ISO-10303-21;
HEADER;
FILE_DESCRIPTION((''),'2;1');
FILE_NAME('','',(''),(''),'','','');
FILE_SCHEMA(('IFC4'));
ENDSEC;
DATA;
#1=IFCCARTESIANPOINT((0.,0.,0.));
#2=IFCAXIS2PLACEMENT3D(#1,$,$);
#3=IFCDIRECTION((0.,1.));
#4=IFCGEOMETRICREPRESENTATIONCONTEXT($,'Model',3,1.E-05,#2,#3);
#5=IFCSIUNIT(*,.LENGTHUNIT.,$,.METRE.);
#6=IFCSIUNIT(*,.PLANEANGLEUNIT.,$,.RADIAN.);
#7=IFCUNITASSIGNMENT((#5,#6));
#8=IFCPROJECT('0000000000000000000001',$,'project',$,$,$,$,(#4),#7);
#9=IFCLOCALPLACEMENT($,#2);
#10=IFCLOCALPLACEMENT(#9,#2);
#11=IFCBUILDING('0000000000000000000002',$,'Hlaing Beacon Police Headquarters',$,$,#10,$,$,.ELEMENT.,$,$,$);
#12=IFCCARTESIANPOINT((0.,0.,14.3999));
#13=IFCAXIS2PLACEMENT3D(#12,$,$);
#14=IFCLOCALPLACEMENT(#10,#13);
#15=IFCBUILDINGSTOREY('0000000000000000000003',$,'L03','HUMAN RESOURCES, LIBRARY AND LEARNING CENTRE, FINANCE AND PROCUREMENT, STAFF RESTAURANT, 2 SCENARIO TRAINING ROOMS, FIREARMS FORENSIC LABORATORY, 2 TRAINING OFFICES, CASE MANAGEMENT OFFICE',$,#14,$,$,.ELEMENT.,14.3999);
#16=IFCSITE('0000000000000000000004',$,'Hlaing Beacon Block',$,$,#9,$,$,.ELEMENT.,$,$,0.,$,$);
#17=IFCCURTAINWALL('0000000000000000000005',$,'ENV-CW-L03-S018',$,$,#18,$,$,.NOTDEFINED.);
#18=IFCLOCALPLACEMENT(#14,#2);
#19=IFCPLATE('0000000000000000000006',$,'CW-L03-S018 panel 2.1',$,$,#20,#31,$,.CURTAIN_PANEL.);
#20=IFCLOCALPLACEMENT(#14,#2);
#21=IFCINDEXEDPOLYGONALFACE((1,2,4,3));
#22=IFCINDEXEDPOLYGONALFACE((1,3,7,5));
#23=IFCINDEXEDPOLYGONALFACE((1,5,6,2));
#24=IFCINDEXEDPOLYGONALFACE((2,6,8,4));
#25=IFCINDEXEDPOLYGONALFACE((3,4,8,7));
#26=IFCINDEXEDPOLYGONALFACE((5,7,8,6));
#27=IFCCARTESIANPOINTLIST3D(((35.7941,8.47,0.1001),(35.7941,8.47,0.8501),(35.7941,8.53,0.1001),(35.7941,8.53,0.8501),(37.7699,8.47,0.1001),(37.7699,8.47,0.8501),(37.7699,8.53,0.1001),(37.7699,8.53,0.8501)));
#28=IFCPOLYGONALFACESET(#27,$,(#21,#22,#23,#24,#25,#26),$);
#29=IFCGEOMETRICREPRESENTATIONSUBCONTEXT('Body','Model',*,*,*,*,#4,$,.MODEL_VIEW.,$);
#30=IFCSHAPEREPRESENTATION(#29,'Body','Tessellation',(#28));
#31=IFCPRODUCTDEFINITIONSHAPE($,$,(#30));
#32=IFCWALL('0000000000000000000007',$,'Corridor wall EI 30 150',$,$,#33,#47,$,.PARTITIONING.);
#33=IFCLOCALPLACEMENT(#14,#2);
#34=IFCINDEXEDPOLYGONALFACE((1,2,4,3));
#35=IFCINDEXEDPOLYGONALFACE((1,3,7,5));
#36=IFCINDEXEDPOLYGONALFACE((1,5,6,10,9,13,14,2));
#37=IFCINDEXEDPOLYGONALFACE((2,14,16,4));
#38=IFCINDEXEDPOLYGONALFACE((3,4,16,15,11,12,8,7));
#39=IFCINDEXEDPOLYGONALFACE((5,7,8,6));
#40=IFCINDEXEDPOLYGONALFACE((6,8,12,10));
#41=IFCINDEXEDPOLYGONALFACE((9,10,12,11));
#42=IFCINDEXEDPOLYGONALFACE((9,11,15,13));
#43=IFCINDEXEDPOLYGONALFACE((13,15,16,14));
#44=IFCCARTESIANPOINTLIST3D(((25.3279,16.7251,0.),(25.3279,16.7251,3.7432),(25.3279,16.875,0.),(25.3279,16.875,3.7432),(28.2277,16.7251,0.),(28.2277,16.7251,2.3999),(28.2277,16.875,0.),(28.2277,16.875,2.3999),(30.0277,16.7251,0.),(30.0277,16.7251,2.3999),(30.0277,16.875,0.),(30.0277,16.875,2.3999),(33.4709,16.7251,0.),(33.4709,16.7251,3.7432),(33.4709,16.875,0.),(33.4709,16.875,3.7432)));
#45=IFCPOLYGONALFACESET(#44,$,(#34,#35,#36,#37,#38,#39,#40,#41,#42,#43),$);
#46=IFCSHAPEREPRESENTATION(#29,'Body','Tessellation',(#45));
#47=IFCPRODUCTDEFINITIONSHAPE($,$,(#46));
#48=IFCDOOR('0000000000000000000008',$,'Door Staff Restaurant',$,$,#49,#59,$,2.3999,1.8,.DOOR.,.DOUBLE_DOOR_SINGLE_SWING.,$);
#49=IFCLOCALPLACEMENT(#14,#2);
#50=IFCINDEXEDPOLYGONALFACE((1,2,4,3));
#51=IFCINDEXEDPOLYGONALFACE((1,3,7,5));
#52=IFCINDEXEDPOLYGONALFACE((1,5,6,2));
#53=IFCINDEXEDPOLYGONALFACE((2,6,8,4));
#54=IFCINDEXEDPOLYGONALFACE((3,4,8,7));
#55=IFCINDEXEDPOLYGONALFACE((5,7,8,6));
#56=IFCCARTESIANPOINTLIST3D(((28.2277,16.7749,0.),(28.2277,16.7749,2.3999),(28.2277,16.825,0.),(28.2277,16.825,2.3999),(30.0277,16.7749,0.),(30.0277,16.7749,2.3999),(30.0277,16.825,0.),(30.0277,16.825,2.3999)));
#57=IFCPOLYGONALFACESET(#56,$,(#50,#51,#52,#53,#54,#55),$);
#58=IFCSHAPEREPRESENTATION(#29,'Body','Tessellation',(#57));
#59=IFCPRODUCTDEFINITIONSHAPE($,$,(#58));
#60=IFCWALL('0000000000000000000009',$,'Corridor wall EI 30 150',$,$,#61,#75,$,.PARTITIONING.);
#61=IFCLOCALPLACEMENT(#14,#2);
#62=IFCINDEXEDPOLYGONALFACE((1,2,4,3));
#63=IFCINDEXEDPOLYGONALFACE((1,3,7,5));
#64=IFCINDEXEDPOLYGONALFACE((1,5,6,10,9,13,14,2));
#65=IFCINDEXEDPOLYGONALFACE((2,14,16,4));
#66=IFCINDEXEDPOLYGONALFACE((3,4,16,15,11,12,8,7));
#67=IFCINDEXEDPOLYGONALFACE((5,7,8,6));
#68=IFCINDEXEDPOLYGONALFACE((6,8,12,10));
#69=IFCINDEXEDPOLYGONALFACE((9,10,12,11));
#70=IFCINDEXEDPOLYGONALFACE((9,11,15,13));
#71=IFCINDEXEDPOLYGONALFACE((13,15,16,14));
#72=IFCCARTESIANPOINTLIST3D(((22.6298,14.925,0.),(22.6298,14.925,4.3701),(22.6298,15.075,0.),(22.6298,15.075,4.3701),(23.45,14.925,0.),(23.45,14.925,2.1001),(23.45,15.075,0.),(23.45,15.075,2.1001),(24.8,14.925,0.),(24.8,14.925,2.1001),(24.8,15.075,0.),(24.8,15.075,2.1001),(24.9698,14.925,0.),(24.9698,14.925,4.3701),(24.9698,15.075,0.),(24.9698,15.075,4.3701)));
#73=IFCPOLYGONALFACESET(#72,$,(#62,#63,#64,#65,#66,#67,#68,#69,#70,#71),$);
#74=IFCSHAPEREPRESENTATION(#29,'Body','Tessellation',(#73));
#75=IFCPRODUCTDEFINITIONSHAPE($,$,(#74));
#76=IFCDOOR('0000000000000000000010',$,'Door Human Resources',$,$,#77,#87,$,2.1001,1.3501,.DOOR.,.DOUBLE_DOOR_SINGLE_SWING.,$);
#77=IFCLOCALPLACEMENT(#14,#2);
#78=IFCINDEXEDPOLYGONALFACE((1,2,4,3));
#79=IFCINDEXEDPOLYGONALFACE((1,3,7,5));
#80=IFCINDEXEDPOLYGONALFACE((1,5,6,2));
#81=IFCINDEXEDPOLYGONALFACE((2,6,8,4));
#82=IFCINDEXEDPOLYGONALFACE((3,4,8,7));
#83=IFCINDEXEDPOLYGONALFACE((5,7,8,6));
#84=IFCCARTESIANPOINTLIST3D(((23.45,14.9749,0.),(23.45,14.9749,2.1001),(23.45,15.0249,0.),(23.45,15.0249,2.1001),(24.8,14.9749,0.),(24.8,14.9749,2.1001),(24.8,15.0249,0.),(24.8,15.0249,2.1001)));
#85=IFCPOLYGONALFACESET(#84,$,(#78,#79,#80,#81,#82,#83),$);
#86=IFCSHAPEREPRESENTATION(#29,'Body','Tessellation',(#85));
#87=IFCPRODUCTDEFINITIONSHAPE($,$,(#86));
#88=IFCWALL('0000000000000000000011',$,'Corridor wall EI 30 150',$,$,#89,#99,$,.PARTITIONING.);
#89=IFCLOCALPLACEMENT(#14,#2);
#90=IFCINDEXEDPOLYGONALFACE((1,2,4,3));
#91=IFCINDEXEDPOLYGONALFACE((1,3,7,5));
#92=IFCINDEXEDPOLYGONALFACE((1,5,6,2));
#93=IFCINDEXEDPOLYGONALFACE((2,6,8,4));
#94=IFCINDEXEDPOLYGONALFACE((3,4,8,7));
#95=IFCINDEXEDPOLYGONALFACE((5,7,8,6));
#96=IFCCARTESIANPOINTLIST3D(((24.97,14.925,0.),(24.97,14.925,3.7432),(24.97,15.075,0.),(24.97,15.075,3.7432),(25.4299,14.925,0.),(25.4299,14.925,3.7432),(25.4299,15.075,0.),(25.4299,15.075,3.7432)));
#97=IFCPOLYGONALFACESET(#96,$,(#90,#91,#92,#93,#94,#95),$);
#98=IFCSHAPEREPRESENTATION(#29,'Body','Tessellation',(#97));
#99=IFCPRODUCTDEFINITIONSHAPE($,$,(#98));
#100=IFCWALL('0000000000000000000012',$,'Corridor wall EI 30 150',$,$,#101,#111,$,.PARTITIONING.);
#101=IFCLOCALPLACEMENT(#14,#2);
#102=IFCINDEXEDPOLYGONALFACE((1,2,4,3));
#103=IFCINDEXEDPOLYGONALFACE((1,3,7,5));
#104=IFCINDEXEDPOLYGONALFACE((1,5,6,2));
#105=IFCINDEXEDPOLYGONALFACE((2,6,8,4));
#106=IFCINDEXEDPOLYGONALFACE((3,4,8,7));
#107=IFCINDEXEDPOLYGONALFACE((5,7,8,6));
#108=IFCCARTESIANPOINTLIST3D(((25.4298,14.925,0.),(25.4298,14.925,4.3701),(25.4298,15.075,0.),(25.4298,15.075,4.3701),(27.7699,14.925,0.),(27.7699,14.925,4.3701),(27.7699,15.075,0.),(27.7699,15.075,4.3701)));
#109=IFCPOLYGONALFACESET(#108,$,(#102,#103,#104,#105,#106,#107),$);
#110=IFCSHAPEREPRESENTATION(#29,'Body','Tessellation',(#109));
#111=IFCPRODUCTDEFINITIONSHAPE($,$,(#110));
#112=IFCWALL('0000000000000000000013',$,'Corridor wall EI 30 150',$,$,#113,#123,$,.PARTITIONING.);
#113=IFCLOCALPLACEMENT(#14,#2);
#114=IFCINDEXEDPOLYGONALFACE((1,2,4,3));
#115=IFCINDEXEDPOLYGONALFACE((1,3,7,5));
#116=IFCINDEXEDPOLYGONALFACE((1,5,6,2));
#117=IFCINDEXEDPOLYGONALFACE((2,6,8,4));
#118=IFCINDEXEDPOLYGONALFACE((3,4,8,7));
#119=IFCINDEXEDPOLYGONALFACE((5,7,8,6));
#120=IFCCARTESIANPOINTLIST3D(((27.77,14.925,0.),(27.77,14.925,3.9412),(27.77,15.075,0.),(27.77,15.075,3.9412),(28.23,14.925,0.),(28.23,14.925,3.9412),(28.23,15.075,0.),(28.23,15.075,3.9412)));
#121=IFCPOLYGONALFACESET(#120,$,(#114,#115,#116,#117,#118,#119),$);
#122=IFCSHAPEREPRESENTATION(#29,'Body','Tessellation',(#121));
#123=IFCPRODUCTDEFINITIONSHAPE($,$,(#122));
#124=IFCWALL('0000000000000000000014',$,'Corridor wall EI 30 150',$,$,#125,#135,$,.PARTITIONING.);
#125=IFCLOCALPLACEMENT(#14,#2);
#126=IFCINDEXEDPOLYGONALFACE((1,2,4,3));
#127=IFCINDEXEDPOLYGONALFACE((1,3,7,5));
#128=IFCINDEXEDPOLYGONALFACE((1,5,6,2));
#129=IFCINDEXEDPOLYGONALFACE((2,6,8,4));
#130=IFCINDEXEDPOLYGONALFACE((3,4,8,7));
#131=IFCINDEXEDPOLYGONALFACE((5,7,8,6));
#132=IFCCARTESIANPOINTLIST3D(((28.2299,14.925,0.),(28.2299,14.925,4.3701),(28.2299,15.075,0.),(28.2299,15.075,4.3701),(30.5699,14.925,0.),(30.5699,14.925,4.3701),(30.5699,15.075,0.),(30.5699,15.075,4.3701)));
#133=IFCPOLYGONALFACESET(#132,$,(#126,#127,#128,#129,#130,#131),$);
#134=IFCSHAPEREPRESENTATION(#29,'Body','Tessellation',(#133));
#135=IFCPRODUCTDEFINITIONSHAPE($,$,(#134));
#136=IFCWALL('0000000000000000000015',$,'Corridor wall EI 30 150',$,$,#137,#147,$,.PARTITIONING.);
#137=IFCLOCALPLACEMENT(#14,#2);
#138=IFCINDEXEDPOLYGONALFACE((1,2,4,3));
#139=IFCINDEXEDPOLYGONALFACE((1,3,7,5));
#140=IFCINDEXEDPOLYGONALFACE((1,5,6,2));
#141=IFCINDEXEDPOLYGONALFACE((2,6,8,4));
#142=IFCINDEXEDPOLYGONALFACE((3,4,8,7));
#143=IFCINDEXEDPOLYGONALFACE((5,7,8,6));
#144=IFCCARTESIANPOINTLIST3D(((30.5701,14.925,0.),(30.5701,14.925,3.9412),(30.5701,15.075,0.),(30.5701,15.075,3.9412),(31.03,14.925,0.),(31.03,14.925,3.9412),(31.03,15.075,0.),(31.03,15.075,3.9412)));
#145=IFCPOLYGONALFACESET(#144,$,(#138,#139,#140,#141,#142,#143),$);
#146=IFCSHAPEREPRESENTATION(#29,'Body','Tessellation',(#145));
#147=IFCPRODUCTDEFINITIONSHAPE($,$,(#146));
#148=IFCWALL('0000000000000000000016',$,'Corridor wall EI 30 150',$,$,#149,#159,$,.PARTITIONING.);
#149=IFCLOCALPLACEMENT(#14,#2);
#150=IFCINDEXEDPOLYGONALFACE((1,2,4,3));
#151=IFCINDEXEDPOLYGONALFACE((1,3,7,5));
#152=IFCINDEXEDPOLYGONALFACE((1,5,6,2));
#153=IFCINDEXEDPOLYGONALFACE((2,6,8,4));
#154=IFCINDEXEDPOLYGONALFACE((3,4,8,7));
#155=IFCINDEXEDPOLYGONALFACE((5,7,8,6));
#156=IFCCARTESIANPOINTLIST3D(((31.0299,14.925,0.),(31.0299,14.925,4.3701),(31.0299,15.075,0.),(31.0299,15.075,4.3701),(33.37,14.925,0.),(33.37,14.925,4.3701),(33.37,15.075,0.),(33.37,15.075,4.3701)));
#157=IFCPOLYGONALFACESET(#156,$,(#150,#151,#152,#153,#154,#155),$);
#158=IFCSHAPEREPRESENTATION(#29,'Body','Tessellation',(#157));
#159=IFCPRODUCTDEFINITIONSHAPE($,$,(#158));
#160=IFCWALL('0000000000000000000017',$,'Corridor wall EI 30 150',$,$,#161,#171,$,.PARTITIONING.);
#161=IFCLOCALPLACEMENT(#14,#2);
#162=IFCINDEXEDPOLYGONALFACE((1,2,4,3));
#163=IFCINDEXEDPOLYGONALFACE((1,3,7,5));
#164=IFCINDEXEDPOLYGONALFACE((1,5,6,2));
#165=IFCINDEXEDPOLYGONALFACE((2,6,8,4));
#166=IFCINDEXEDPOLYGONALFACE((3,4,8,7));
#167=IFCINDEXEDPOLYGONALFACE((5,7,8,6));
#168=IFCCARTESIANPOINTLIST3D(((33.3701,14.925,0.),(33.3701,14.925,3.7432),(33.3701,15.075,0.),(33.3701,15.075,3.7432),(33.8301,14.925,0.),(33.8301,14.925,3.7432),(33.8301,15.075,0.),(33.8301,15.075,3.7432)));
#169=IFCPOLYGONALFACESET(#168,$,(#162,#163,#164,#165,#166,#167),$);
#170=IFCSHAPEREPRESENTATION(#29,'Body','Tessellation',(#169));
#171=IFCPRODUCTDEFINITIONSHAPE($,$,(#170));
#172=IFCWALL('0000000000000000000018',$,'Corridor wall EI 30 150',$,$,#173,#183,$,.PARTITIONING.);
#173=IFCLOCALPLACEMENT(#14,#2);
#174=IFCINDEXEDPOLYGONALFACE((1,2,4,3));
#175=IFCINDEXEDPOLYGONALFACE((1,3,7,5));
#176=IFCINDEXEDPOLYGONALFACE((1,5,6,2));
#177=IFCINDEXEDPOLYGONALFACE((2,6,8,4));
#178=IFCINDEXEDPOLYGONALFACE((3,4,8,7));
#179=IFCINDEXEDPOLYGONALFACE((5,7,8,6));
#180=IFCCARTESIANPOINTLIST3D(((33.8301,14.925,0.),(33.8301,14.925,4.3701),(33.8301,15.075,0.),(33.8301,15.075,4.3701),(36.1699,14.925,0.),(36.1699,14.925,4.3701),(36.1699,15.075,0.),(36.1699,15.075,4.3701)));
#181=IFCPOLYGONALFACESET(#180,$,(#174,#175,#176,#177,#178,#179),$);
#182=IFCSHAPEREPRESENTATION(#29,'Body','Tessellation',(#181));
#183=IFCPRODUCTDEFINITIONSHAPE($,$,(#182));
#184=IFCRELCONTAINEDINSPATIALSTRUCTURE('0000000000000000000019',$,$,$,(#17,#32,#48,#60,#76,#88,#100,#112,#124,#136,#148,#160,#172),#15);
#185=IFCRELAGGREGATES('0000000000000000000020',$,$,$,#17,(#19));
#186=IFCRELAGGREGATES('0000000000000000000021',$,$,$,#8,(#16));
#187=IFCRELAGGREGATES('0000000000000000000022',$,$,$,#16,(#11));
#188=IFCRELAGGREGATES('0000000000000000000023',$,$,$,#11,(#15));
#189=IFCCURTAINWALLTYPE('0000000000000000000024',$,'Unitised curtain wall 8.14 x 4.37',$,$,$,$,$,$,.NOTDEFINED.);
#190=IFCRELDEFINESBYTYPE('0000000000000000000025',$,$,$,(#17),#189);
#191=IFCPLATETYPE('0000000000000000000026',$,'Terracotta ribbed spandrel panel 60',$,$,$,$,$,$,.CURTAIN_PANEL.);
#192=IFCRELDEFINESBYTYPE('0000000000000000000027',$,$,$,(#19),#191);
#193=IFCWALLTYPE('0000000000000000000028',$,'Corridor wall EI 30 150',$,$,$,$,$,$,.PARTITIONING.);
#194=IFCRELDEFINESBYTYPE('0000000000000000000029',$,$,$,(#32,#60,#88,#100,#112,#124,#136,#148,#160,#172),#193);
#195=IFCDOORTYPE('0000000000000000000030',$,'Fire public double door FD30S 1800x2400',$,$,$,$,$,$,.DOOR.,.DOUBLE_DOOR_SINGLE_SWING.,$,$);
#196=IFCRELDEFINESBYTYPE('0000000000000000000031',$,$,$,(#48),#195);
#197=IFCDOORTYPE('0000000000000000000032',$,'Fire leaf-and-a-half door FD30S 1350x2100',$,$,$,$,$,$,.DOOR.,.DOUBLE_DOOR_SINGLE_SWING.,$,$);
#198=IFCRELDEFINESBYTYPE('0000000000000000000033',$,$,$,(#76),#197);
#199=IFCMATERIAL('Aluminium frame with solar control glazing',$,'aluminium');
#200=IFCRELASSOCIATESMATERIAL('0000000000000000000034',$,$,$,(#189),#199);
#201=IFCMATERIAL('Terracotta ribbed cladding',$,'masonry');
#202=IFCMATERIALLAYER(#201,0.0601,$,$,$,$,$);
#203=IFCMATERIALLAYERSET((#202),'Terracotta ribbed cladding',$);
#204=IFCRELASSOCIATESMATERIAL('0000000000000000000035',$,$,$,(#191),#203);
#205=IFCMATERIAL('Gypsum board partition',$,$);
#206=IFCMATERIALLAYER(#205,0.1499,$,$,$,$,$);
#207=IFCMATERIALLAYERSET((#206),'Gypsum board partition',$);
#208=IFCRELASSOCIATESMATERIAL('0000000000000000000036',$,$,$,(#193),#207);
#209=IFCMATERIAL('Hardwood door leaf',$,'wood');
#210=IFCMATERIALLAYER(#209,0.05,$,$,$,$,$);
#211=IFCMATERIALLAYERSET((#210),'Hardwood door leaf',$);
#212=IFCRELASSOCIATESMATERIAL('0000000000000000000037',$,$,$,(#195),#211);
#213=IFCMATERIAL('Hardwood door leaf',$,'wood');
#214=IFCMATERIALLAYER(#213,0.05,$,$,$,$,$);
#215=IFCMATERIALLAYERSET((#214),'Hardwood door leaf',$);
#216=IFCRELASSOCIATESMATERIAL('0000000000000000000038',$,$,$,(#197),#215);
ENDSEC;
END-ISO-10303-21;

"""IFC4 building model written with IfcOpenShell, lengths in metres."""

from ifc_helpers import new_model, si_unit, direction, frame, frame_2d, origin, origin_2d, place, context, subcontext, project, spatial, rectangle, extrude, material, layer, layer_set, type_object, element, fill, aggregate, save


model = new_model("IFC4")

# Units and contexts
model_context = context("Model", 3, precision=1e-05, world=origin(), true_north=direction((0.0, 1.0)))
body_context = subcontext(model_context, "Body", "Model", "MODEL_VIEW")
ifc_project = project(units=[si_unit("LENGTHUNIT", "METRE"), si_unit("PLANEANGLEUNIT", "RADIAN")], contexts=[model_context])

# Site, building, storey
site_placement = place(None, origin())
site = spatial("IfcSite", under=ifc_project, at=site_placement, Name="Hlaing Beacon Block", CompositionType="ELEMENT", RefElevation=0.0)
building_placement = place(site_placement, origin())
building = spatial("IfcBuilding", under=site, at=building_placement, Name="Hlaing Beacon Police Headquarters", CompositionType="ELEMENT")
storey_placement = place(building_placement, frame((0.0, 0.0, 14.3999)))
storey = spatial("IfcBuildingStorey", under=building, at=storey_placement, Name="L03", Description="HUMAN RESOURCES, LIBRARY AND LEARNING CENTRE, FINANCE AND PROCUREMENT, STAFF RESTAURANT, 2 SCENARIO TRAINING ROOMS, FIREARMS FORENSIC LABORATORY, 2 TRAINING OFFICES, CASE MANAGEMENT OFFICE", CompositionType="ELEMENT", Elevation=14.3999)

# Curtain wall, plate
ifc_material_1 = material(Name="Aluminium frame with solar control glazing", Category="aluminium")
curtain_wall_type = type_object("IfcCurtainWallType", Name="Unitised curtain wall 8.14 x 4.37", PredefinedType="NOTDEFINED", material=ifc_material_1)
curtain_wall_placement = place(storey_placement, origin())
curtain_wall = element("IfcCurtainWall", 1, at=curtain_wall_placement, inside=storey, type_object=curtain_wall_type, Name="ENV-CW-L03-S018", PredefinedType="NOTDEFINED")
ifc_material_2 = material(Name="Terracotta ribbed cladding", Category="masonry")
ifc_layer_1 = layer(ifc_material_2, 0.0601)
ifc_layer_set_1 = layer_set([ifc_layer_1], Name="Terracotta ribbed cladding")
plate_type_1 = type_object("IfcPlateType", Name="Terracotta ribbed spandrel panel 60", PredefinedType="CURTAIN_PANEL", material=ifc_layer_set_1)
plate_1_placement = place(storey_placement, frame((36.782, 8.5, 0.1001), z_axis=(0.0, 0.0, 1.0), x_axis=(1.0, 0.0, 0.0)))
plate_1 = element("IfcPlate", 2, at=plate_1_placement, type_object=plate_type_1, Name="CW-L03-S018 panel 2.1", PredefinedType="CURTAIN_PANEL", context=body_context, shape_type="SweptSolid", body=[
    extrude(rectangle(XDim=1.9758, YDim=0.0601, at=origin_2d()), origin(), (0.0, 0.0, 1.0), 0.75),
])
aggregate(curtain_wall, [plate_1])

# Walls, openings, doors
ifc_material_3 = material(Name="Gypsum board partition")
ifc_layer_2 = layer(ifc_material_3, 0.1499)
ifc_layer_set_2 = layer_set([ifc_layer_2], Name="Gypsum board partition")
wall_type = type_object("IfcWallType", Name="Corridor wall EI 30 150", PredefinedType="PARTITIONING", material=ifc_layer_set_2)
wall_1_placement = place(storey_placement, frame((25.3279, 16.8, 0.0), z_axis=(0.0, 0.0, 1.0), x_axis=(1.0, 0.0, 0.0)))
wall_1 = element("IfcWall", 3, at=wall_1_placement, inside=storey, type_object=wall_type, Name="Corridor wall EI 30 150", PredefinedType="PARTITIONING", context=body_context, shape_type="SweptSolid", body=[
    extrude(rectangle(XDim=8.1431, YDim=0.1499, at=frame_2d((4.0715, 0.0))), origin(), (0.0, 0.0, 1.0), 3.7432),
])
opening_1_placement = place(wall_1_placement, frame((2.8999, 0.0, 0.0)))
opening_1 = element("IfcOpeningElement", 4, at=opening_1_placement, cuts=wall_1, PredefinedType="OPENING", context=body_context, shape_type="SweptSolid", body=[
    extrude(rectangle(XDim=1.8, YDim=2.3999, at=frame_2d((0.8999, 1.2))), frame((0.0, 0.085, 0.0), z_axis=(0.0, -1.0, 0.0), x_axis=(1.0, 0.0, 0.0)), (0.0, 0.0, 1.0), 0.1699),
])
ifc_material_4 = material(Name="Hardwood door leaf", Category="wood")
ifc_layer_3 = layer(ifc_material_4, 0.05)
ifc_layer_set_3 = layer_set([ifc_layer_3], Name="Hardwood door leaf")
door_type_1 = type_object("IfcDoorType", Name="Fire public double door FD30S 1800x2400", OperationType="DOUBLE_DOOR_SINGLE_SWING", PredefinedType="DOOR", material=ifc_layer_set_3)
door_1_placement = place(opening_1_placement, frame((1.8, 0.0, 0.0), z_axis=(0.0, 0.0, 1.0), x_axis=(-1.0, 0.0, 0.0)))
door_1 = element("IfcDoor", 5, at=door_1_placement, inside=storey, type_object=door_type_1, Name="Door Staff Restaurant", OperationType="DOUBLE_DOOR_SINGLE_SWING", OverallHeight=2.3999, OverallWidth=1.8, PredefinedType="DOOR", context=body_context, shape_type="SweptSolid", body=[
    extrude(rectangle(XDim=1.8, YDim=2.3999, at=frame_2d((0.9001, 1.2))), frame((0.0, 0.0251, 0.0), z_axis=(0.0, -1.0, 0.0), x_axis=(1.0, 0.0, 0.0)), (0.0, 0.0, 1.0), 0.05),
])
fill(opening_1, door_1)
wall_2_placement = place(storey_placement, frame((22.6299, 15.0, 0.0), z_axis=(0.0, 0.0, 1.0), x_axis=(1.0, 0.0, 0.0)))
wall_2 = element("IfcWall", 6, at=wall_2_placement, inside=storey, type_object=wall_type, Name="Corridor wall EI 30 150", PredefinedType="PARTITIONING", context=body_context, shape_type="SweptSolid", body=[
    extrude(rectangle(XDim=2.3401, YDim=0.1499, at=frame_2d((1.1699, 0.0))), origin(), (0.0, 0.0, 1.0), 4.3701),
])
opening_2_placement = place(wall_2_placement, frame((0.8201, 0.0, 0.0)))
opening_2 = element("IfcOpeningElement", 7, at=opening_2_placement, cuts=wall_2, PredefinedType="OPENING", context=body_context, shape_type="SweptSolid", body=[
    extrude(rectangle(XDim=1.3501, YDim=2.1001, at=frame_2d((0.675, 1.05))), frame((0.0, 0.085, 0.0), z_axis=(0.0, -1.0, 0.0), x_axis=(1.0, 0.0, 0.0)), (0.0, 0.0, 1.0), 0.1699),
])
ifc_material_5 = material(Name="Hardwood door leaf", Category="wood")
ifc_layer_4 = layer(ifc_material_5, 0.05)
ifc_layer_set_4 = layer_set([ifc_layer_4], Name="Hardwood door leaf")
door_type_2 = type_object("IfcDoorType", Name="Fire leaf-and-a-half door FD30S 1350x2100", OperationType="DOUBLE_DOOR_SINGLE_SWING", PredefinedType="DOOR", material=ifc_layer_set_4)
door_2_placement = place(opening_2_placement, frame((1.3501, 0.0, 0.0), z_axis=(0.0, 0.0, 1.0), x_axis=(-1.0, 0.0, 0.0)))
door_2 = element("IfcDoor", 8, at=door_2_placement, inside=storey, type_object=door_type_2, Name="Door Human Resources", OperationType="DOUBLE_DOOR_SINGLE_SWING", OverallHeight=2.1001, OverallWidth=1.3501, PredefinedType="DOOR", context=body_context, shape_type="SweptSolid", body=[
    extrude(rectangle(XDim=1.3501, YDim=2.1001, at=frame_2d((0.675, 1.05))), frame((0.0, 0.0251, 0.0), z_axis=(0.0, -1.0, 0.0), x_axis=(1.0, 0.0, 0.0)), (0.0, 0.0, 1.0), 0.05),
])
fill(opening_2, door_2)

# Walls
wall_3_placement = place(storey_placement, frame((24.97, 15.0, 0.0), z_axis=(0.0, 0.0, 1.0), x_axis=(1.0, 0.0, 0.0)))
element("IfcWall", 9, at=wall_3_placement, inside=storey, type_object=wall_type, Name="Corridor wall EI 30 150", PredefinedType="PARTITIONING", context=body_context, shape_type="SweptSolid", body=[
    extrude(rectangle(XDim=0.46, YDim=0.1499, at=frame_2d((0.23, 0.0))), origin(), (0.0, 0.0, 1.0), 3.7432),
])
wall_4_placement = place(storey_placement, frame((25.4299, 15.0, 0.0), z_axis=(0.0, 0.0, 1.0), x_axis=(1.0, 0.0, 0.0)))
element("IfcWall", 10, at=wall_4_placement, inside=storey, type_object=wall_type, Name="Corridor wall EI 30 150", PredefinedType="PARTITIONING", context=body_context, shape_type="SweptSolid", body=[
    extrude(rectangle(XDim=2.3401, YDim=0.1499, at=frame_2d((1.1699, 0.0))), origin(), (0.0, 0.0, 1.0), 4.3701),
])
wall_5_placement = place(storey_placement, frame((27.77, 15.0, 0.0), z_axis=(0.0, 0.0, 1.0), x_axis=(1.0, 0.0, 0.0)))
element("IfcWall", 11, at=wall_5_placement, inside=storey, type_object=wall_type, Name="Corridor wall EI 30 150", PredefinedType="PARTITIONING", context=body_context, shape_type="SweptSolid", body=[
    extrude(rectangle(XDim=0.46, YDim=0.1499, at=frame_2d((0.23, 0.0))), origin(), (0.0, 0.0, 1.0), 3.9412),
])
wall_6_placement = place(storey_placement, frame((28.23, 15.0, 0.0), z_axis=(0.0, 0.0, 1.0), x_axis=(1.0, 0.0, 0.0)))
element("IfcWall", 12, at=wall_6_placement, inside=storey, type_object=wall_type, Name="Corridor wall EI 30 150", PredefinedType="PARTITIONING", context=body_context, shape_type="SweptSolid", body=[
    extrude(rectangle(XDim=2.3401, YDim=0.1499, at=frame_2d((1.1699, 0.0))), origin(), (0.0, 0.0, 1.0), 4.3701),
])
wall_7_placement = place(storey_placement, frame((30.5701, 15.0, 0.0), z_axis=(0.0, 0.0, 1.0), x_axis=(1.0, 0.0, 0.0)))
element("IfcWall", 13, at=wall_7_placement, inside=storey, type_object=wall_type, Name="Corridor wall EI 30 150", PredefinedType="PARTITIONING", context=body_context, shape_type="SweptSolid", body=[
    extrude(rectangle(XDim=0.46, YDim=0.1499, at=frame_2d((0.23, 0.0))), origin(), (0.0, 0.0, 1.0), 3.9412),
])
wall_8_placement = place(storey_placement, frame((31.03, 15.0, 0.0), z_axis=(0.0, 0.0, 1.0), x_axis=(1.0, 0.0, 0.0)))
element("IfcWall", 14, at=wall_8_placement, inside=storey, type_object=wall_type, Name="Corridor wall EI 30 150", PredefinedType="PARTITIONING", context=body_context, shape_type="SweptSolid", body=[
    extrude(rectangle(XDim=2.3401, YDim=0.1499, at=frame_2d((1.1699, 0.0))), origin(), (0.0, 0.0, 1.0), 4.3701),
])
wall_9_placement = place(storey_placement, frame((33.3701, 15.0, 0.0), z_axis=(0.0, 0.0, 1.0), x_axis=(1.0, 0.0, 0.0)))
element("IfcWall", 15, at=wall_9_placement, inside=storey, type_object=wall_type, Name="Corridor wall EI 30 150", PredefinedType="PARTITIONING", context=body_context, shape_type="SweptSolid", body=[
    extrude(rectangle(XDim=0.46, YDim=0.1499, at=frame_2d((0.23, 0.0))), origin(), (0.0, 0.0, 1.0), 3.7432),
])
wall_10_placement = place(storey_placement, frame((33.8301, 15.0, 0.0), z_axis=(0.0, 0.0, 1.0), x_axis=(1.0, 0.0, 0.0)))
element("IfcWall", 16, at=wall_10_placement, inside=storey, type_object=wall_type, Name="Corridor wall EI 30 150", PredefinedType="PARTITIONING", context=body_context, shape_type="SweptSolid", body=[
    extrude(rectangle(XDim=2.3398, YDim=0.1499, at=frame_2d((1.1699, 0.0))), origin(), (0.0, 0.0, 1.0), 4.3701),
])

save(model, "model.ifc")
